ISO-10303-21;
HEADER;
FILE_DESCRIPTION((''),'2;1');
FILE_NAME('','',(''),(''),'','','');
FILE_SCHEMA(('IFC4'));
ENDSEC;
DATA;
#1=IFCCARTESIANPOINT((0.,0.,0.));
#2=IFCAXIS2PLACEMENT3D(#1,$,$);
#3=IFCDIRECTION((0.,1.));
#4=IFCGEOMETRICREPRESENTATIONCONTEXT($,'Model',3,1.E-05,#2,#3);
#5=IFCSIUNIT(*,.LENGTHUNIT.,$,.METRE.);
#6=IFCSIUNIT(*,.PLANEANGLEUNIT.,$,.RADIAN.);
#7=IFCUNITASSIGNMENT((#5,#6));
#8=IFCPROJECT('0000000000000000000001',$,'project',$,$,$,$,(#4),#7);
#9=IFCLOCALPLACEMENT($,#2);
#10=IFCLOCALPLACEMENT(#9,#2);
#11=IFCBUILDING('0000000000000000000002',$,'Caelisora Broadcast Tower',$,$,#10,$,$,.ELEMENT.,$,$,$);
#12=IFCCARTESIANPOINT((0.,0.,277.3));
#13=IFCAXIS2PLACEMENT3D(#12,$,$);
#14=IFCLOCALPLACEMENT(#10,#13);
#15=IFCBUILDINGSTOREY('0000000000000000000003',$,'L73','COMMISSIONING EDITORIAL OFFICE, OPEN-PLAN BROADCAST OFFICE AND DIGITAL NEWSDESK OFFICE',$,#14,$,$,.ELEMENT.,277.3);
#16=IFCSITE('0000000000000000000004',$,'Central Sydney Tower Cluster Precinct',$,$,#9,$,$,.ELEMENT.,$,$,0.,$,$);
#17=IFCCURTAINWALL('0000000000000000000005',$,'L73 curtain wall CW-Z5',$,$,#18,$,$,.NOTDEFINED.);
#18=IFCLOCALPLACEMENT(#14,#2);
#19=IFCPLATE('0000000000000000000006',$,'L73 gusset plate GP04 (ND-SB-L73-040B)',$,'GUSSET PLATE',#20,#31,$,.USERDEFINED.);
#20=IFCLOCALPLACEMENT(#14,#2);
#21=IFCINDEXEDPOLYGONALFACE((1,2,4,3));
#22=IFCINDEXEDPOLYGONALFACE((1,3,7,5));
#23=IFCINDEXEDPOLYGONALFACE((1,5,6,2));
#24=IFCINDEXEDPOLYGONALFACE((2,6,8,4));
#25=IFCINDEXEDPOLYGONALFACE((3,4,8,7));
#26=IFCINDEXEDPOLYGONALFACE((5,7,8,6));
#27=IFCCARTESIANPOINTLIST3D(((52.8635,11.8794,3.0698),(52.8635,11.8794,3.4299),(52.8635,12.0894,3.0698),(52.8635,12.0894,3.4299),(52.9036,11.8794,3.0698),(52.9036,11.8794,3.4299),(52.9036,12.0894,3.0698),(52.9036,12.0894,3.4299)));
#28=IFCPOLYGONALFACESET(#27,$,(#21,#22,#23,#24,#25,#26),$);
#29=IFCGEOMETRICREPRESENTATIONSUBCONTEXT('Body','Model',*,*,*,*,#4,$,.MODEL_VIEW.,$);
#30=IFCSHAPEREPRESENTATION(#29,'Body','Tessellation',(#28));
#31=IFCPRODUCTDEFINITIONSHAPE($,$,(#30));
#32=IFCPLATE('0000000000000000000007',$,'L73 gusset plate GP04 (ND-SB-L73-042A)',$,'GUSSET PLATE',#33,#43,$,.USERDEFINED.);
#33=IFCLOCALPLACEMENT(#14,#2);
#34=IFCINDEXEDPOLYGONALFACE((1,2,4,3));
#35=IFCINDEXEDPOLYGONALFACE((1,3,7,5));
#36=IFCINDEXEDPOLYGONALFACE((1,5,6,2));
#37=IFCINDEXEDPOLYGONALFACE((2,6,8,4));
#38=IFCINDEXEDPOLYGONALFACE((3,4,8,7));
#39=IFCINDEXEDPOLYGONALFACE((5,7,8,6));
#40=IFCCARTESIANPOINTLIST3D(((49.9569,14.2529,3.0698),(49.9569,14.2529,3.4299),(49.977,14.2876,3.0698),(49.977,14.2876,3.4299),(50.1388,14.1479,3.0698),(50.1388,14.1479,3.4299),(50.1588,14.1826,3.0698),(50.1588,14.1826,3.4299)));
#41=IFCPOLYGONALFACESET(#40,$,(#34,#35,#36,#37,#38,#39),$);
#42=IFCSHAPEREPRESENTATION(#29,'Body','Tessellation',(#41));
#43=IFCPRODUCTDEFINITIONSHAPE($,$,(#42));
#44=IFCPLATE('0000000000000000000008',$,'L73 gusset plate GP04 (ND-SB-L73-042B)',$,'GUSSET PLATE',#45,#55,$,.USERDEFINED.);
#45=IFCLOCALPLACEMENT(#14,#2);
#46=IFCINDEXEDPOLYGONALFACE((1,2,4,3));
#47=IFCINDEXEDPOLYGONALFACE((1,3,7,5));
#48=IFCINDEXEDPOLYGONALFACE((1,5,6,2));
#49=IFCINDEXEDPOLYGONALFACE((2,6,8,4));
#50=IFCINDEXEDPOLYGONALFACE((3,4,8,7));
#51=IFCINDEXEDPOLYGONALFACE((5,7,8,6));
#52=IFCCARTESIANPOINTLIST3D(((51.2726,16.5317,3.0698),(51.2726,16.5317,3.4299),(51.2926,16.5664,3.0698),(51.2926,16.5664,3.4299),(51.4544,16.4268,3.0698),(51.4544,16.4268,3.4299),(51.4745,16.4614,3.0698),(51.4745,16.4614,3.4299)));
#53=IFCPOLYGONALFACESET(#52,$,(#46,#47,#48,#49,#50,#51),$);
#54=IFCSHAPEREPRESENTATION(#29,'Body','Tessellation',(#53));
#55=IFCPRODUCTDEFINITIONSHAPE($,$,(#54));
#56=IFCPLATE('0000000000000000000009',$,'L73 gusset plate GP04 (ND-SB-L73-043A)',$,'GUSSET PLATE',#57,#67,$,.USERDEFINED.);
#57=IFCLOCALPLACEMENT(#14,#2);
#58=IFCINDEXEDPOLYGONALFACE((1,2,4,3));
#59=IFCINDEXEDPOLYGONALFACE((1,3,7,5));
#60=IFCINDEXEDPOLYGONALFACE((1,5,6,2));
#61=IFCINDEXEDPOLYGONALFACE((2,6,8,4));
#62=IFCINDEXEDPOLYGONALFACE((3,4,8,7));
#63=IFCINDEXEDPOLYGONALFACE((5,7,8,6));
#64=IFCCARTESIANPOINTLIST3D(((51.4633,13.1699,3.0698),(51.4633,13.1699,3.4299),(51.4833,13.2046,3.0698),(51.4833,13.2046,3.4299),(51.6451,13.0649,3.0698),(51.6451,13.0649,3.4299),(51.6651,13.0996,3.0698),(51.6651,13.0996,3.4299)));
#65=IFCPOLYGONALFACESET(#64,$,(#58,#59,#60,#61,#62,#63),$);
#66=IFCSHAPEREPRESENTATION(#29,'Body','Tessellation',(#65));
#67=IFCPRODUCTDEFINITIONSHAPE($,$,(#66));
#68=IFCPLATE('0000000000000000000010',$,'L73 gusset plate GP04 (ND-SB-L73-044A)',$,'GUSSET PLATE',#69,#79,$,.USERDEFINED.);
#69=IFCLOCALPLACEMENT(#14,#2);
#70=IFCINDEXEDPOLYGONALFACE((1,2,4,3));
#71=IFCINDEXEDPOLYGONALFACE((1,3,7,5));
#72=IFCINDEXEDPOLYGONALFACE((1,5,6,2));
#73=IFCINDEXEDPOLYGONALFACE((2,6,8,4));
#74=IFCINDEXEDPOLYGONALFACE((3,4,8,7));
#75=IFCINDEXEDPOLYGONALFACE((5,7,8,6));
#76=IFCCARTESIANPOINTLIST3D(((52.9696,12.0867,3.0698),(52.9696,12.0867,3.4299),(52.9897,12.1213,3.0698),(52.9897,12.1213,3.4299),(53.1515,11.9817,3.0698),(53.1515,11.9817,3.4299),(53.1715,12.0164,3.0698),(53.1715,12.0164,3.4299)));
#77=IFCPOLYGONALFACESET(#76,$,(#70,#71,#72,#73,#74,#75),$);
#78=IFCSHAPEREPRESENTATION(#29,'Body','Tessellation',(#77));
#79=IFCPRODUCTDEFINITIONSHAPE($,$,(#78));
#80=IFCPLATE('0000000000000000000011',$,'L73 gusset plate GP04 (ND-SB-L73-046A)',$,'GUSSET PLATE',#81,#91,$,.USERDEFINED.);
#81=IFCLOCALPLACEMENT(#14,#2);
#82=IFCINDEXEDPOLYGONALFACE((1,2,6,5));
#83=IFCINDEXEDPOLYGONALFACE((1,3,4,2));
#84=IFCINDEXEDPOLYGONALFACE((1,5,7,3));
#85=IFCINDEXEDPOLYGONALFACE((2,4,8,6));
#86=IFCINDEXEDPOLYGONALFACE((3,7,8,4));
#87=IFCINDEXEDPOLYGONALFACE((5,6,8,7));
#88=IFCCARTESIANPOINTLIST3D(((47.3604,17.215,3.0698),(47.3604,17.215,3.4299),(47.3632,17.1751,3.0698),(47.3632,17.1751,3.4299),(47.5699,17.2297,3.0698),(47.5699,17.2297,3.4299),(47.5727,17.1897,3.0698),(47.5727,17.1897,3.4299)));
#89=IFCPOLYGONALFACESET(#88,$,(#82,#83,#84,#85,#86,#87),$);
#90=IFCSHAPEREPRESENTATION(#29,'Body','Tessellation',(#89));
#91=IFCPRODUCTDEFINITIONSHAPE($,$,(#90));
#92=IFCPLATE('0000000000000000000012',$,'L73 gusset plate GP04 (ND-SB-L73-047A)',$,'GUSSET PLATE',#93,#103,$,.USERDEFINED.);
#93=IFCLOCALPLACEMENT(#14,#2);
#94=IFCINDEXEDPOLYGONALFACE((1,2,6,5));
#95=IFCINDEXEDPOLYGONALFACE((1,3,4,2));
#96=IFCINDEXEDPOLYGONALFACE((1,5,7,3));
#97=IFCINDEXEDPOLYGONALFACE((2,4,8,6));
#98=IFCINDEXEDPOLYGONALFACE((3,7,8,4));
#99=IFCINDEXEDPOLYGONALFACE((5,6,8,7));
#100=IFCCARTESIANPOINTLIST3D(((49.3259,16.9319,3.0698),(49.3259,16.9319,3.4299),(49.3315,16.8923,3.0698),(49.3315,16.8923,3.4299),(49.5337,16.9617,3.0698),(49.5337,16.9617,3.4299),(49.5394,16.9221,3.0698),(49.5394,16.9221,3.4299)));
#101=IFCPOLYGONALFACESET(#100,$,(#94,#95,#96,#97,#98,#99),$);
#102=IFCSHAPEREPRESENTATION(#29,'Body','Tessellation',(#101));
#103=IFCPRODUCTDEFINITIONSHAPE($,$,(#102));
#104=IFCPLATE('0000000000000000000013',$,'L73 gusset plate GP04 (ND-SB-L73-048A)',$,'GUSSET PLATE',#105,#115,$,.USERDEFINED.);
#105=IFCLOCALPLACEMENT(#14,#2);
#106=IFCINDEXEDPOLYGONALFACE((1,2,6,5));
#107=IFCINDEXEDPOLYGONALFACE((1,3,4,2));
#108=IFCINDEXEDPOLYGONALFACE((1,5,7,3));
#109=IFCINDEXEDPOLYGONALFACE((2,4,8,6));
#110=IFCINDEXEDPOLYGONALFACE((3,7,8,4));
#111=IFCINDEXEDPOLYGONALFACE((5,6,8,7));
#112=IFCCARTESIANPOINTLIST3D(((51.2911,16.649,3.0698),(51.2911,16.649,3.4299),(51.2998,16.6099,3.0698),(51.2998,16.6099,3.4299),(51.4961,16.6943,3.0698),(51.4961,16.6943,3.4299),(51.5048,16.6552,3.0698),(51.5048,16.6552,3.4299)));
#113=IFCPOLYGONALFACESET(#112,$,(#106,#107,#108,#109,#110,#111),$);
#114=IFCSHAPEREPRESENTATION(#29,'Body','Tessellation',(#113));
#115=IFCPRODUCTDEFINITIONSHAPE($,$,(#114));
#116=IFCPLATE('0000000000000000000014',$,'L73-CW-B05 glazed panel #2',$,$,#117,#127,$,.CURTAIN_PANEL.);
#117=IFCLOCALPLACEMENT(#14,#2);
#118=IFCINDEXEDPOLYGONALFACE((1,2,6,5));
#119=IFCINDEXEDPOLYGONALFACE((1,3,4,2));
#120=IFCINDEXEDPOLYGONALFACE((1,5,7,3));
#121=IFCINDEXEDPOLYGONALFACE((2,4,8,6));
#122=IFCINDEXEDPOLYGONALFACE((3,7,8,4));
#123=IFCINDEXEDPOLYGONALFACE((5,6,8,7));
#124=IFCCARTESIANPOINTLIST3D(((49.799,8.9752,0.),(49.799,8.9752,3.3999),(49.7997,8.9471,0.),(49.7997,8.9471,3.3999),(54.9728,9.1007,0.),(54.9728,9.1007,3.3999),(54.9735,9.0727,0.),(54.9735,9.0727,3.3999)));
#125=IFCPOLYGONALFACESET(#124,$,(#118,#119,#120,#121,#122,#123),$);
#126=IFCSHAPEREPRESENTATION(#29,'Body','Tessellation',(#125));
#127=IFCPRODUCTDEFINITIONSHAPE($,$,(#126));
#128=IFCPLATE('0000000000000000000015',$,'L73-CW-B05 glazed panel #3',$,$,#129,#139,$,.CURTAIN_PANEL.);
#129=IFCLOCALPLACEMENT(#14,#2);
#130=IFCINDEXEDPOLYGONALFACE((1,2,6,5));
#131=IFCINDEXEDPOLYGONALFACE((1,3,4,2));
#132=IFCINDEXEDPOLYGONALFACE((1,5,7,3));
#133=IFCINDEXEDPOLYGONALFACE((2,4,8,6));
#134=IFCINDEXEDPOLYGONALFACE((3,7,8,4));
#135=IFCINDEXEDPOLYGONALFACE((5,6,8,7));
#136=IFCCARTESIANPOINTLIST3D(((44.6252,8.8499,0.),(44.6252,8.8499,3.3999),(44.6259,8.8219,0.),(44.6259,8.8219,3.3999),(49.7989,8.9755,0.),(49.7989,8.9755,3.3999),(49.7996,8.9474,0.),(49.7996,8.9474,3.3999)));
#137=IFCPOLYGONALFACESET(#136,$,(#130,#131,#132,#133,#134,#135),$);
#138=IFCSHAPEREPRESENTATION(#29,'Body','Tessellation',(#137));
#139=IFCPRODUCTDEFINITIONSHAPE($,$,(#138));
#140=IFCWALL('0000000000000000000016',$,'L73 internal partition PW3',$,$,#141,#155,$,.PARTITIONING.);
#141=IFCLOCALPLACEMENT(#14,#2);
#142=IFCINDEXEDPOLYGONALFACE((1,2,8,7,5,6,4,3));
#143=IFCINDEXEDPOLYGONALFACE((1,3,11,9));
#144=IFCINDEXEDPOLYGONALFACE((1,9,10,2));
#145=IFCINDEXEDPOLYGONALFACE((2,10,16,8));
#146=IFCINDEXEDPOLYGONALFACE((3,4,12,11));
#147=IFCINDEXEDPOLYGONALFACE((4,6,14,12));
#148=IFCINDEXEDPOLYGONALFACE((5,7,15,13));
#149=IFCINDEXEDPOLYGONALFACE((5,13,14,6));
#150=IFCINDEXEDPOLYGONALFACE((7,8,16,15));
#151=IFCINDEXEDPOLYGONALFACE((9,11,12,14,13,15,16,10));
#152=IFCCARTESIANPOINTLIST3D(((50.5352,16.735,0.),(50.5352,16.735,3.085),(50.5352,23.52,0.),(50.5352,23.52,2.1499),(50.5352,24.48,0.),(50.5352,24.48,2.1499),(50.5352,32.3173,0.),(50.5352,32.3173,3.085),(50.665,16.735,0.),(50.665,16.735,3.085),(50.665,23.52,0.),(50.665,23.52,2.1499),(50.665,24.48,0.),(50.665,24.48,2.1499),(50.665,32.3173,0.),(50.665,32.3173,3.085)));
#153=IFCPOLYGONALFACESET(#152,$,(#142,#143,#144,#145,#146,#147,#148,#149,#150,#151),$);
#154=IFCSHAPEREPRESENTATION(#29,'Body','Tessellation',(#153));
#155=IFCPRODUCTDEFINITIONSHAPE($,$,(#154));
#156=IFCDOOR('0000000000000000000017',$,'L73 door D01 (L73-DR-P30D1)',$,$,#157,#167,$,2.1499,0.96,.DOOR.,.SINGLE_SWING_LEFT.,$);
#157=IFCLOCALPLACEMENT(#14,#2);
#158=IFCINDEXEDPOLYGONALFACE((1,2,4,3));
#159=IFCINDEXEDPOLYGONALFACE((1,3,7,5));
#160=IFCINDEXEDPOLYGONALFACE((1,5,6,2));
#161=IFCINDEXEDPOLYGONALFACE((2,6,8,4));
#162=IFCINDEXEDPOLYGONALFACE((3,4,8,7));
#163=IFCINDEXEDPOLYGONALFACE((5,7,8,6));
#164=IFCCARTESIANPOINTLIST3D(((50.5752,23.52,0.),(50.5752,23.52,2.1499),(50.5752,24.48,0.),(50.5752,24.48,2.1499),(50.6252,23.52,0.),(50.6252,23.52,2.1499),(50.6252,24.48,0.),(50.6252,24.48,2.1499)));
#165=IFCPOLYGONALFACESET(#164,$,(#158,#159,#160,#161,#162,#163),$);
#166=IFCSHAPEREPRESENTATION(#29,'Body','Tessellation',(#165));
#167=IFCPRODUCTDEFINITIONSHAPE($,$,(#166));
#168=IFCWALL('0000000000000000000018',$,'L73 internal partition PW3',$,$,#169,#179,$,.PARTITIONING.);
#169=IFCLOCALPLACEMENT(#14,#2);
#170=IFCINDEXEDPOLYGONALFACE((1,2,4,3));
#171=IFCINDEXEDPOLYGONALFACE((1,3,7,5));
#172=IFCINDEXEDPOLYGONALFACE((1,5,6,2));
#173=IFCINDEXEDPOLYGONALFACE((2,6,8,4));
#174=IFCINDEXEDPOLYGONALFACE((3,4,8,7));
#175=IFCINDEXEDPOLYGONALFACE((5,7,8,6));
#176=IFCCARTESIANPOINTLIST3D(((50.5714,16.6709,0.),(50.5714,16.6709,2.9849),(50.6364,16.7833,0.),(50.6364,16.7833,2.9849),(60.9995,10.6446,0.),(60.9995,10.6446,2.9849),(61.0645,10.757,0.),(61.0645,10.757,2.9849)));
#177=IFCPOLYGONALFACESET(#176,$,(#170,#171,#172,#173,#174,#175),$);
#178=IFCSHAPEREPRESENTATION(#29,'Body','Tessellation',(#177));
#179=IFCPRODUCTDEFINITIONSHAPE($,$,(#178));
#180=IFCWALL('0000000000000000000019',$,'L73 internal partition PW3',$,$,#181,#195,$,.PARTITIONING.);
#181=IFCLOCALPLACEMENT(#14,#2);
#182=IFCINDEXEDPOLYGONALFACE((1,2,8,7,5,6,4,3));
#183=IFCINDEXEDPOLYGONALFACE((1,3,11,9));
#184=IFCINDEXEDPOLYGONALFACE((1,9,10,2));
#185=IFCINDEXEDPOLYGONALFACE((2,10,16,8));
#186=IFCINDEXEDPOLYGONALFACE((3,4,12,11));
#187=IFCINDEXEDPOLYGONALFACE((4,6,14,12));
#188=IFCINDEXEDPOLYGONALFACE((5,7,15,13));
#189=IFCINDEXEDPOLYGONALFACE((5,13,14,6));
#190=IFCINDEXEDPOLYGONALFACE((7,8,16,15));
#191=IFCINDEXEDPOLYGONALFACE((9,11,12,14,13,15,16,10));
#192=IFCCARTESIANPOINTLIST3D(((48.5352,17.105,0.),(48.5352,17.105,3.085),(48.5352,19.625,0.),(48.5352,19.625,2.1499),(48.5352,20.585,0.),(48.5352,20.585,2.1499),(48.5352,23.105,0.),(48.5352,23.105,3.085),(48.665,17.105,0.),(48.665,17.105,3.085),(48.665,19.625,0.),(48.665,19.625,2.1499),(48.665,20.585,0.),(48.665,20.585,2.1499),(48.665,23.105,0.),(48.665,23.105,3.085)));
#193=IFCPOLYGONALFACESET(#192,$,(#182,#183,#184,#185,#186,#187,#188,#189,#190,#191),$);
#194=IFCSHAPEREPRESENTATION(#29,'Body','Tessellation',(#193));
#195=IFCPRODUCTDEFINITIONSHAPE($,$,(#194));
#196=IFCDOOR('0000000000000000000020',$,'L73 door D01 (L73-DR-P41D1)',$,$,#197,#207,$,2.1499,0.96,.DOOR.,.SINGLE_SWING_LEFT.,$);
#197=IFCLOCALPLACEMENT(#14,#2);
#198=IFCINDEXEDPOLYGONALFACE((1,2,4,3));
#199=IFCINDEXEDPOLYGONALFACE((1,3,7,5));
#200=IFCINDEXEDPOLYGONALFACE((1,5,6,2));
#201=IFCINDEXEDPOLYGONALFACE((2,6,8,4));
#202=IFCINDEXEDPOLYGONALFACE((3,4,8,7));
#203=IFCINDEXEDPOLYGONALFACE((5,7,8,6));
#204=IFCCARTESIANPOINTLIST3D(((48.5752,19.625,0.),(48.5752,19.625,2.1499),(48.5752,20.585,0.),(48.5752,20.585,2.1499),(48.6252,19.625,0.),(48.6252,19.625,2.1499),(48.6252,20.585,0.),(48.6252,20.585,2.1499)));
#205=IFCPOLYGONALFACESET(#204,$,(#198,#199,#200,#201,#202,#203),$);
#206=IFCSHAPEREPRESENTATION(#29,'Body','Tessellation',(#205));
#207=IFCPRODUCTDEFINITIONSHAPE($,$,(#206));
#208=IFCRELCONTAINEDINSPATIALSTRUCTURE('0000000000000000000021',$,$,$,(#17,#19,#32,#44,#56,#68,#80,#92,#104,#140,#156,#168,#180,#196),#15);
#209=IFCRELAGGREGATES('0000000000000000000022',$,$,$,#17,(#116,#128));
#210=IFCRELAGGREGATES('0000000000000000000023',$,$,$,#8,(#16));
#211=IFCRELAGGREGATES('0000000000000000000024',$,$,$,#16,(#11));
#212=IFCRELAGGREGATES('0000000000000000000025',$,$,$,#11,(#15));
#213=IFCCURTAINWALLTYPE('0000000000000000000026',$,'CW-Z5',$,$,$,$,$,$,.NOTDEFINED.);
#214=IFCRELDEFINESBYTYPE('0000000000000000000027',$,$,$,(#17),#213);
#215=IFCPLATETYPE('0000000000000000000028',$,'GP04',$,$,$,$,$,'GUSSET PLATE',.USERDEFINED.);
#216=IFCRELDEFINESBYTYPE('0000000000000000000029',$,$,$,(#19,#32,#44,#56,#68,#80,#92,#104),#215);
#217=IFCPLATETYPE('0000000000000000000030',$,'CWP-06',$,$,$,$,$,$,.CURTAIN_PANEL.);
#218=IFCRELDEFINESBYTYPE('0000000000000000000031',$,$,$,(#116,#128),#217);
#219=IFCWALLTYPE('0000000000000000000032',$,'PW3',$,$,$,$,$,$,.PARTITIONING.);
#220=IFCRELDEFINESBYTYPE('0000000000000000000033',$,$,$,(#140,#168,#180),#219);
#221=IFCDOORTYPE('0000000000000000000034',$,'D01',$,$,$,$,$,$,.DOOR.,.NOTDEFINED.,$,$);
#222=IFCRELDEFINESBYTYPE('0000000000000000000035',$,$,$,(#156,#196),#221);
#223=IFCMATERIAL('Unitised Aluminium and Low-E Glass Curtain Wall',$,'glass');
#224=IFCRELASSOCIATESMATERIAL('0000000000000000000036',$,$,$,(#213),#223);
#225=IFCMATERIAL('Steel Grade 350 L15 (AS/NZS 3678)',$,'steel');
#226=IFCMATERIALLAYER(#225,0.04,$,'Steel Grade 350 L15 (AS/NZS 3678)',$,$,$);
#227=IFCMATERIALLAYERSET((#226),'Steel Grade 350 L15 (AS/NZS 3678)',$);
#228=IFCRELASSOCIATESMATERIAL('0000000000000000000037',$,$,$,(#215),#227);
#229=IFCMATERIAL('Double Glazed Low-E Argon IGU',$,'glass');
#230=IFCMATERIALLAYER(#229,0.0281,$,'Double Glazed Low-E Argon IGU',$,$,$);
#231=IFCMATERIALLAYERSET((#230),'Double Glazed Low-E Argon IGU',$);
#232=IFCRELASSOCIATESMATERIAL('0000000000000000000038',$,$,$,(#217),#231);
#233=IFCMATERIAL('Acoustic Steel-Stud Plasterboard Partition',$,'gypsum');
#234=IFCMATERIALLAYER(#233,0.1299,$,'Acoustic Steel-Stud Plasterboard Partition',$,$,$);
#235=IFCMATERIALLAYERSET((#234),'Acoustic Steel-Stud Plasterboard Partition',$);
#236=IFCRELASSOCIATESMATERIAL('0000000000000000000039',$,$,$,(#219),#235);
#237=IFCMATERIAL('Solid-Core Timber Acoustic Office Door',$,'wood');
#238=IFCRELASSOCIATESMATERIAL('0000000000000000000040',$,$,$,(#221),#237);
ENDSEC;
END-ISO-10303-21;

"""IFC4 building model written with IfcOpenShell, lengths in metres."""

from ifc_helpers import new_model, si_unit, direction, frame, frame_2d, origin, origin_2d, place, context, subcontext, project, spatial, rectangle, extrude, source, transform, mapped, material, layer, layer_set, type_object, type_shapes, element, fill, aggregate, save


model = new_model("IFC4")

# Units and contexts
model_context = context("Model", 3, precision=1e-05, world=origin(), true_north=direction((0.0, 1.0)))
body_context = subcontext(model_context, "Body", "Model", "MODEL_VIEW")
ifc_project = project(units=[si_unit("LENGTHUNIT", "METRE"), si_unit("PLANEANGLEUNIT", "RADIAN")], contexts=[model_context])

# Site, building, storey
site_placement = place(None, origin())
site = spatial("IfcSite", under=ifc_project, at=site_placement, Name="Central Sydney Tower Cluster Precinct", CompositionType="ELEMENT", RefElevation=0.0)
building_placement = place(site_placement, origin())
building = spatial("IfcBuilding", under=site, at=building_placement, Name="Caelisora Broadcast Tower", CompositionType="ELEMENT")
storey_placement = place(building_placement, frame((0.0, 0.0, 277.3)))
storey = spatial("IfcBuildingStorey", under=building, at=storey_placement, Name="L73", Description="COMMISSIONING EDITORIAL OFFICE, OPEN-PLAN BROADCAST OFFICE AND DIGITAL NEWSDESK OFFICE", CompositionType="ELEMENT", Elevation=277.3)

# Curtain wall
ifc_material_1 = material(Name="Unitised Aluminium and Low-E Glass Curtain Wall", Category="glass")
curtain_wall_type = type_object("IfcCurtainWallType", Name="CW-Z5", PredefinedType="NOTDEFINED", material=ifc_material_1)
curtain_wall_placement = place(storey_placement, origin())
curtain_wall = element("IfcCurtainWall", 1, at=curtain_wall_placement, inside=storey, type_object=curtain_wall_type, Name="L73 curtain wall CW-Z5", PredefinedType="NOTDEFINED")

# Plates
ifc_material_2 = material(Name="Steel Grade 350 L15 (AS/NZS 3678)", Category="steel")
ifc_layer_1 = layer(ifc_material_2, 0.04, Name="Steel Grade 350 L15 (AS/NZS 3678)")
ifc_layer_set_1 = layer_set([ifc_layer_1], Name="Steel Grade 350 L15 (AS/NZS 3678)")
plate_type_1 = type_object("IfcPlateType", Name="GP04", ElementType="GUSSET PLATE", PredefinedType="USERDEFINED", material=ifc_layer_set_1)
shared_shape_1 = source(origin(), body_context, "Body", "SweptSolid", [
    extrude(rectangle(XDim=0.21, YDim=0.04, at=origin_2d()), origin(), (0.0, 0.0, 1.0), 0.3601),
])
type_shapes(plate_type_1, [shared_shape_1])
for number, where, z_axis, x_axis, name in (
    (2, (52.8835, 11.9844, 3.0698), (0.0, 0.0, 1.0), (0.0, 1.0, 0.0), "L73 gusset plate GP04 (ND-SB-L73-040B)"),
    (3, (50.0579, 14.2178, 3.0698), (0.0, 0.0, 1.0), (-0.866025, 0.5, 0.0), "L73 gusset plate GP04 (ND-SB-L73-042A)"),
    (4, (51.3735, 16.4966, 3.0698), (0.0, 0.0, 1.0), (-0.866025, 0.5, 0.0), "L73 gusset plate GP04 (ND-SB-L73-042B)"),
    (5, (51.5642, 13.1348, 3.0698), (0.0, 0.0, 1.0), (-0.866025, 0.5, 0.0), "L73 gusset plate GP04 (ND-SB-L73-043A)"),
    (6, (53.0706, 12.0515, 3.0698), (0.0, 0.0, 1.0), (-0.866025, 0.5, 0.0), "L73 gusset plate GP04 (ND-SB-L73-044A)"),
    (7, (47.4666, 17.2024, 3.0698), (0.0, 0.0, 1.0), (-0.997564, -0.069756, 0.0), "L73 gusset plate GP04 (ND-SB-L73-046A)"),
    (8, (49.4326, 16.927, 3.0698), (0.0, 0.0, 1.0), (-0.989851, -0.142111, 0.0), "L73 gusset plate GP04 (ND-SB-L73-047A)"),
    (9, (51.3979, 16.6521, 3.0698), (0.0, 0.0, 1.0), (-0.976447, -0.215758, 0.0), "L73 gusset plate GP04 (ND-SB-L73-048A)"),
):
    element("IfcPlate", number, at=place(storey_placement, frame(where, z_axis=z_axis, x_axis=x_axis)), inside=storey, type_object=plate_type_1, Name=name, ObjectType="GUSSET PLATE", PredefinedType="USERDEFINED", context=body_context, shape_type="MappedRepresentation", body=[
        mapped(shared_shape_1, transform((0.0, 0.0, 0.0), scale=1.0)),
    ])

# Plates
ifc_material_3 = material(Name="Double Glazed Low-E Argon IGU", Category="glass")
ifc_layer_2 = layer(ifc_material_3, 0.0281, Name="Double Glazed Low-E Argon IGU")
ifc_layer_set_2 = layer_set([ifc_layer_2], Name="Double Glazed Low-E Argon IGU")
plate_type_2 = type_object("IfcPlateType", Name="CWP-06", PredefinedType="CURTAIN_PANEL", material=ifc_layer_set_2)
shared_shape_2 = source(origin(), body_context, "Body", "SweptSolid", [
    extrude(rectangle(XDim=5.1753, YDim=0.0281, at=origin_2d()), origin(), (0.0, 0.0, 1.0), 3.3999),
])
type_shapes(plate_type_2, [shared_shape_2])
plate_1_placement = place(storey_placement, frame((52.3862, 9.0239, 0.0), z_axis=(0.0, 0.0, 1.0), x_axis=(-0.999706, -0.024258, 0.0)))
plate_1 = element("IfcPlate", 10, at=plate_1_placement, type_object=plate_type_2, Name="L73-CW-B05 glazed panel #2", PredefinedType="CURTAIN_PANEL", context=body_context, shape_type="MappedRepresentation", body=[
    mapped(shared_shape_2, transform((0.0, 0.0, 0.0), scale=1.0)),
])
plate_2_placement = place(storey_placement, frame((47.2124, 8.8987, 0.0), z_axis=(0.0, 0.0, 1.0), x_axis=(-0.999706, -0.024258, 0.0)))
plate_2 = element("IfcPlate", 11, at=plate_2_placement, type_object=plate_type_2, Name="L73-CW-B05 glazed panel #3", PredefinedType="CURTAIN_PANEL", context=body_context, shape_type="MappedRepresentation", body=[
    mapped(shared_shape_2, transform((0.0, 0.0, 0.0), scale=1.0)),
])
aggregate(curtain_wall, [plate_1, plate_2])

# Wall, opening, door
ifc_material_4 = material(Name="Acoustic Steel-Stud Plasterboard Partition", Category="gypsum")
ifc_layer_3 = layer(ifc_material_4, 0.1299, Name="Acoustic Steel-Stud Plasterboard Partition")
ifc_layer_set_3 = layer_set([ifc_layer_3], Name="Acoustic Steel-Stud Plasterboard Partition")
wall_type = type_object("IfcWallType", Name="PW3", PredefinedType="PARTITIONING", material=ifc_layer_set_3)
wall_1_placement = place(storey_placement, frame((50.6001, 16.7351, 0.0), z_axis=(0.0, 0.0, 1.0), x_axis=(0.0, 1.0, 0.0)))
wall_1 = element("IfcWall", 12, at=wall_1_placement, inside=storey, type_object=wall_type, Name="L73 internal partition PW3", PredefinedType="PARTITIONING", context=body_context, shape_type="SweptSolid", body=[
    extrude(rectangle(XDim=15.5823, YDim=0.1299, at=frame_2d((7.791, 0.0))), origin(), (0.0, 0.0, 1.0), 3.085),
])
opening_1_placement = place(wall_1_placement, frame((6.7849, 0.0, 0.0)))
opening_1 = element("IfcOpeningElement", 13, at=opening_1_placement, cuts=wall_1, PredefinedType="OPENING", context=body_context, shape_type="SweptSolid", body=[
    extrude(rectangle(XDim=0.96, YDim=2.1499, at=frame_2d((0.48, 1.075))), frame((0.0, 0.0769, 0.0), z_axis=(0.0, -1.0, 0.0), x_axis=(1.0, 0.0, 0.0)), (0.0, 0.0, 1.0), 0.1538),
])
ifc_material_5 = material(Name="Solid-Core Timber Acoustic Office Door", Category="wood")
door_type = type_object("IfcDoorType", Name="D01", OperationType="NOTDEFINED", PredefinedType="DOOR", material=ifc_material_5)
door_1_placement = place(opening_1_placement, origin())
door_1 = element("IfcDoor", 14, at=door_1_placement, inside=storey, type_object=door_type, Name="L73 door D01 (L73-DR-P30D1)", OperationType="SINGLE_SWING_LEFT", OverallHeight=2.1499, OverallWidth=0.96, PredefinedType="DOOR", context=body_context, shape_type="SweptSolid", body=[
    extrude(rectangle(XDim=0.96, YDim=2.1499, at=frame_2d((0.48, 1.075))), frame((0.0, 0.0249, 0.0), z_axis=(0.0, -1.0, 0.0), x_axis=(1.0, 0.0, 0.0)), (0.0, 0.0, 1.0), 0.05),
])
fill(opening_1, door_1)

# Wall
wall_2_placement = place(storey_placement, frame((50.604, 16.7271, 0.0), z_axis=(0.0, 0.0, 1.0), x_axis=(0.865823, -0.500351, 0.0)))
element("IfcWall", 15, at=wall_2_placement, inside=storey, type_object=wall_type, Name="L73 internal partition PW3", PredefinedType="PARTITIONING", context=body_context, shape_type="SweptSolid", body=[
    extrude(rectangle(XDim=12.0442, YDim=0.1299, at=frame_2d((6.022, 0.0))), origin(), (0.0, 0.0, 1.0), 2.9849),
])

# Wall, opening, door
wall_3_placement = place(storey_placement, frame((48.6001, 17.105, 0.0), z_axis=(0.0, 0.0, 1.0), x_axis=(0.0, 1.0, 0.0)))
wall_3 = element("IfcWall", 16, at=wall_3_placement, inside=storey, type_object=wall_type, Name="L73 internal partition PW3", PredefinedType="PARTITIONING", context=body_context, shape_type="SweptSolid", body=[
    extrude(rectangle(XDim=6.0, YDim=0.1299, at=frame_2d((3.0, 0.0))), origin(), (0.0, 0.0, 1.0), 3.085),
])
opening_2_placement = place(wall_3_placement, frame((2.52, 0.0, 0.0)))
opening_2 = element("IfcOpeningElement", 17, at=opening_2_placement, cuts=wall_3, PredefinedType="OPENING", context=body_context, shape_type="SweptSolid", body=[
    extrude(rectangle(XDim=0.96, YDim=2.1499, at=frame_2d((0.48, 1.075))), frame((0.0, 0.0769, 0.0), z_axis=(0.0, -1.0, 0.0), x_axis=(1.0, 0.0, 0.0)), (0.0, 0.0, 1.0), 0.1538),
])
door_2_placement = place(opening_2_placement, origin())
door_2 = element("IfcDoor", 18, at=door_2_placement, inside=storey, type_object=door_type, Name="L73 door D01 (L73-DR-P41D1)", OperationType="SINGLE_SWING_LEFT", OverallHeight=2.1499, OverallWidth=0.96, PredefinedType="DOOR", context=body_context, shape_type="SweptSolid", body=[
    extrude(rectangle(XDim=0.96, YDim=2.1499, at=frame_2d((0.48, 1.075))), frame((0.0, 0.0249, 0.0), z_axis=(0.0, -1.0, 0.0), x_axis=(1.0, 0.0, 0.0)), (0.0, 0.0, 1.0), 0.05),
])
fill(opening_2, door_2)

save(model, "model.ifc")
